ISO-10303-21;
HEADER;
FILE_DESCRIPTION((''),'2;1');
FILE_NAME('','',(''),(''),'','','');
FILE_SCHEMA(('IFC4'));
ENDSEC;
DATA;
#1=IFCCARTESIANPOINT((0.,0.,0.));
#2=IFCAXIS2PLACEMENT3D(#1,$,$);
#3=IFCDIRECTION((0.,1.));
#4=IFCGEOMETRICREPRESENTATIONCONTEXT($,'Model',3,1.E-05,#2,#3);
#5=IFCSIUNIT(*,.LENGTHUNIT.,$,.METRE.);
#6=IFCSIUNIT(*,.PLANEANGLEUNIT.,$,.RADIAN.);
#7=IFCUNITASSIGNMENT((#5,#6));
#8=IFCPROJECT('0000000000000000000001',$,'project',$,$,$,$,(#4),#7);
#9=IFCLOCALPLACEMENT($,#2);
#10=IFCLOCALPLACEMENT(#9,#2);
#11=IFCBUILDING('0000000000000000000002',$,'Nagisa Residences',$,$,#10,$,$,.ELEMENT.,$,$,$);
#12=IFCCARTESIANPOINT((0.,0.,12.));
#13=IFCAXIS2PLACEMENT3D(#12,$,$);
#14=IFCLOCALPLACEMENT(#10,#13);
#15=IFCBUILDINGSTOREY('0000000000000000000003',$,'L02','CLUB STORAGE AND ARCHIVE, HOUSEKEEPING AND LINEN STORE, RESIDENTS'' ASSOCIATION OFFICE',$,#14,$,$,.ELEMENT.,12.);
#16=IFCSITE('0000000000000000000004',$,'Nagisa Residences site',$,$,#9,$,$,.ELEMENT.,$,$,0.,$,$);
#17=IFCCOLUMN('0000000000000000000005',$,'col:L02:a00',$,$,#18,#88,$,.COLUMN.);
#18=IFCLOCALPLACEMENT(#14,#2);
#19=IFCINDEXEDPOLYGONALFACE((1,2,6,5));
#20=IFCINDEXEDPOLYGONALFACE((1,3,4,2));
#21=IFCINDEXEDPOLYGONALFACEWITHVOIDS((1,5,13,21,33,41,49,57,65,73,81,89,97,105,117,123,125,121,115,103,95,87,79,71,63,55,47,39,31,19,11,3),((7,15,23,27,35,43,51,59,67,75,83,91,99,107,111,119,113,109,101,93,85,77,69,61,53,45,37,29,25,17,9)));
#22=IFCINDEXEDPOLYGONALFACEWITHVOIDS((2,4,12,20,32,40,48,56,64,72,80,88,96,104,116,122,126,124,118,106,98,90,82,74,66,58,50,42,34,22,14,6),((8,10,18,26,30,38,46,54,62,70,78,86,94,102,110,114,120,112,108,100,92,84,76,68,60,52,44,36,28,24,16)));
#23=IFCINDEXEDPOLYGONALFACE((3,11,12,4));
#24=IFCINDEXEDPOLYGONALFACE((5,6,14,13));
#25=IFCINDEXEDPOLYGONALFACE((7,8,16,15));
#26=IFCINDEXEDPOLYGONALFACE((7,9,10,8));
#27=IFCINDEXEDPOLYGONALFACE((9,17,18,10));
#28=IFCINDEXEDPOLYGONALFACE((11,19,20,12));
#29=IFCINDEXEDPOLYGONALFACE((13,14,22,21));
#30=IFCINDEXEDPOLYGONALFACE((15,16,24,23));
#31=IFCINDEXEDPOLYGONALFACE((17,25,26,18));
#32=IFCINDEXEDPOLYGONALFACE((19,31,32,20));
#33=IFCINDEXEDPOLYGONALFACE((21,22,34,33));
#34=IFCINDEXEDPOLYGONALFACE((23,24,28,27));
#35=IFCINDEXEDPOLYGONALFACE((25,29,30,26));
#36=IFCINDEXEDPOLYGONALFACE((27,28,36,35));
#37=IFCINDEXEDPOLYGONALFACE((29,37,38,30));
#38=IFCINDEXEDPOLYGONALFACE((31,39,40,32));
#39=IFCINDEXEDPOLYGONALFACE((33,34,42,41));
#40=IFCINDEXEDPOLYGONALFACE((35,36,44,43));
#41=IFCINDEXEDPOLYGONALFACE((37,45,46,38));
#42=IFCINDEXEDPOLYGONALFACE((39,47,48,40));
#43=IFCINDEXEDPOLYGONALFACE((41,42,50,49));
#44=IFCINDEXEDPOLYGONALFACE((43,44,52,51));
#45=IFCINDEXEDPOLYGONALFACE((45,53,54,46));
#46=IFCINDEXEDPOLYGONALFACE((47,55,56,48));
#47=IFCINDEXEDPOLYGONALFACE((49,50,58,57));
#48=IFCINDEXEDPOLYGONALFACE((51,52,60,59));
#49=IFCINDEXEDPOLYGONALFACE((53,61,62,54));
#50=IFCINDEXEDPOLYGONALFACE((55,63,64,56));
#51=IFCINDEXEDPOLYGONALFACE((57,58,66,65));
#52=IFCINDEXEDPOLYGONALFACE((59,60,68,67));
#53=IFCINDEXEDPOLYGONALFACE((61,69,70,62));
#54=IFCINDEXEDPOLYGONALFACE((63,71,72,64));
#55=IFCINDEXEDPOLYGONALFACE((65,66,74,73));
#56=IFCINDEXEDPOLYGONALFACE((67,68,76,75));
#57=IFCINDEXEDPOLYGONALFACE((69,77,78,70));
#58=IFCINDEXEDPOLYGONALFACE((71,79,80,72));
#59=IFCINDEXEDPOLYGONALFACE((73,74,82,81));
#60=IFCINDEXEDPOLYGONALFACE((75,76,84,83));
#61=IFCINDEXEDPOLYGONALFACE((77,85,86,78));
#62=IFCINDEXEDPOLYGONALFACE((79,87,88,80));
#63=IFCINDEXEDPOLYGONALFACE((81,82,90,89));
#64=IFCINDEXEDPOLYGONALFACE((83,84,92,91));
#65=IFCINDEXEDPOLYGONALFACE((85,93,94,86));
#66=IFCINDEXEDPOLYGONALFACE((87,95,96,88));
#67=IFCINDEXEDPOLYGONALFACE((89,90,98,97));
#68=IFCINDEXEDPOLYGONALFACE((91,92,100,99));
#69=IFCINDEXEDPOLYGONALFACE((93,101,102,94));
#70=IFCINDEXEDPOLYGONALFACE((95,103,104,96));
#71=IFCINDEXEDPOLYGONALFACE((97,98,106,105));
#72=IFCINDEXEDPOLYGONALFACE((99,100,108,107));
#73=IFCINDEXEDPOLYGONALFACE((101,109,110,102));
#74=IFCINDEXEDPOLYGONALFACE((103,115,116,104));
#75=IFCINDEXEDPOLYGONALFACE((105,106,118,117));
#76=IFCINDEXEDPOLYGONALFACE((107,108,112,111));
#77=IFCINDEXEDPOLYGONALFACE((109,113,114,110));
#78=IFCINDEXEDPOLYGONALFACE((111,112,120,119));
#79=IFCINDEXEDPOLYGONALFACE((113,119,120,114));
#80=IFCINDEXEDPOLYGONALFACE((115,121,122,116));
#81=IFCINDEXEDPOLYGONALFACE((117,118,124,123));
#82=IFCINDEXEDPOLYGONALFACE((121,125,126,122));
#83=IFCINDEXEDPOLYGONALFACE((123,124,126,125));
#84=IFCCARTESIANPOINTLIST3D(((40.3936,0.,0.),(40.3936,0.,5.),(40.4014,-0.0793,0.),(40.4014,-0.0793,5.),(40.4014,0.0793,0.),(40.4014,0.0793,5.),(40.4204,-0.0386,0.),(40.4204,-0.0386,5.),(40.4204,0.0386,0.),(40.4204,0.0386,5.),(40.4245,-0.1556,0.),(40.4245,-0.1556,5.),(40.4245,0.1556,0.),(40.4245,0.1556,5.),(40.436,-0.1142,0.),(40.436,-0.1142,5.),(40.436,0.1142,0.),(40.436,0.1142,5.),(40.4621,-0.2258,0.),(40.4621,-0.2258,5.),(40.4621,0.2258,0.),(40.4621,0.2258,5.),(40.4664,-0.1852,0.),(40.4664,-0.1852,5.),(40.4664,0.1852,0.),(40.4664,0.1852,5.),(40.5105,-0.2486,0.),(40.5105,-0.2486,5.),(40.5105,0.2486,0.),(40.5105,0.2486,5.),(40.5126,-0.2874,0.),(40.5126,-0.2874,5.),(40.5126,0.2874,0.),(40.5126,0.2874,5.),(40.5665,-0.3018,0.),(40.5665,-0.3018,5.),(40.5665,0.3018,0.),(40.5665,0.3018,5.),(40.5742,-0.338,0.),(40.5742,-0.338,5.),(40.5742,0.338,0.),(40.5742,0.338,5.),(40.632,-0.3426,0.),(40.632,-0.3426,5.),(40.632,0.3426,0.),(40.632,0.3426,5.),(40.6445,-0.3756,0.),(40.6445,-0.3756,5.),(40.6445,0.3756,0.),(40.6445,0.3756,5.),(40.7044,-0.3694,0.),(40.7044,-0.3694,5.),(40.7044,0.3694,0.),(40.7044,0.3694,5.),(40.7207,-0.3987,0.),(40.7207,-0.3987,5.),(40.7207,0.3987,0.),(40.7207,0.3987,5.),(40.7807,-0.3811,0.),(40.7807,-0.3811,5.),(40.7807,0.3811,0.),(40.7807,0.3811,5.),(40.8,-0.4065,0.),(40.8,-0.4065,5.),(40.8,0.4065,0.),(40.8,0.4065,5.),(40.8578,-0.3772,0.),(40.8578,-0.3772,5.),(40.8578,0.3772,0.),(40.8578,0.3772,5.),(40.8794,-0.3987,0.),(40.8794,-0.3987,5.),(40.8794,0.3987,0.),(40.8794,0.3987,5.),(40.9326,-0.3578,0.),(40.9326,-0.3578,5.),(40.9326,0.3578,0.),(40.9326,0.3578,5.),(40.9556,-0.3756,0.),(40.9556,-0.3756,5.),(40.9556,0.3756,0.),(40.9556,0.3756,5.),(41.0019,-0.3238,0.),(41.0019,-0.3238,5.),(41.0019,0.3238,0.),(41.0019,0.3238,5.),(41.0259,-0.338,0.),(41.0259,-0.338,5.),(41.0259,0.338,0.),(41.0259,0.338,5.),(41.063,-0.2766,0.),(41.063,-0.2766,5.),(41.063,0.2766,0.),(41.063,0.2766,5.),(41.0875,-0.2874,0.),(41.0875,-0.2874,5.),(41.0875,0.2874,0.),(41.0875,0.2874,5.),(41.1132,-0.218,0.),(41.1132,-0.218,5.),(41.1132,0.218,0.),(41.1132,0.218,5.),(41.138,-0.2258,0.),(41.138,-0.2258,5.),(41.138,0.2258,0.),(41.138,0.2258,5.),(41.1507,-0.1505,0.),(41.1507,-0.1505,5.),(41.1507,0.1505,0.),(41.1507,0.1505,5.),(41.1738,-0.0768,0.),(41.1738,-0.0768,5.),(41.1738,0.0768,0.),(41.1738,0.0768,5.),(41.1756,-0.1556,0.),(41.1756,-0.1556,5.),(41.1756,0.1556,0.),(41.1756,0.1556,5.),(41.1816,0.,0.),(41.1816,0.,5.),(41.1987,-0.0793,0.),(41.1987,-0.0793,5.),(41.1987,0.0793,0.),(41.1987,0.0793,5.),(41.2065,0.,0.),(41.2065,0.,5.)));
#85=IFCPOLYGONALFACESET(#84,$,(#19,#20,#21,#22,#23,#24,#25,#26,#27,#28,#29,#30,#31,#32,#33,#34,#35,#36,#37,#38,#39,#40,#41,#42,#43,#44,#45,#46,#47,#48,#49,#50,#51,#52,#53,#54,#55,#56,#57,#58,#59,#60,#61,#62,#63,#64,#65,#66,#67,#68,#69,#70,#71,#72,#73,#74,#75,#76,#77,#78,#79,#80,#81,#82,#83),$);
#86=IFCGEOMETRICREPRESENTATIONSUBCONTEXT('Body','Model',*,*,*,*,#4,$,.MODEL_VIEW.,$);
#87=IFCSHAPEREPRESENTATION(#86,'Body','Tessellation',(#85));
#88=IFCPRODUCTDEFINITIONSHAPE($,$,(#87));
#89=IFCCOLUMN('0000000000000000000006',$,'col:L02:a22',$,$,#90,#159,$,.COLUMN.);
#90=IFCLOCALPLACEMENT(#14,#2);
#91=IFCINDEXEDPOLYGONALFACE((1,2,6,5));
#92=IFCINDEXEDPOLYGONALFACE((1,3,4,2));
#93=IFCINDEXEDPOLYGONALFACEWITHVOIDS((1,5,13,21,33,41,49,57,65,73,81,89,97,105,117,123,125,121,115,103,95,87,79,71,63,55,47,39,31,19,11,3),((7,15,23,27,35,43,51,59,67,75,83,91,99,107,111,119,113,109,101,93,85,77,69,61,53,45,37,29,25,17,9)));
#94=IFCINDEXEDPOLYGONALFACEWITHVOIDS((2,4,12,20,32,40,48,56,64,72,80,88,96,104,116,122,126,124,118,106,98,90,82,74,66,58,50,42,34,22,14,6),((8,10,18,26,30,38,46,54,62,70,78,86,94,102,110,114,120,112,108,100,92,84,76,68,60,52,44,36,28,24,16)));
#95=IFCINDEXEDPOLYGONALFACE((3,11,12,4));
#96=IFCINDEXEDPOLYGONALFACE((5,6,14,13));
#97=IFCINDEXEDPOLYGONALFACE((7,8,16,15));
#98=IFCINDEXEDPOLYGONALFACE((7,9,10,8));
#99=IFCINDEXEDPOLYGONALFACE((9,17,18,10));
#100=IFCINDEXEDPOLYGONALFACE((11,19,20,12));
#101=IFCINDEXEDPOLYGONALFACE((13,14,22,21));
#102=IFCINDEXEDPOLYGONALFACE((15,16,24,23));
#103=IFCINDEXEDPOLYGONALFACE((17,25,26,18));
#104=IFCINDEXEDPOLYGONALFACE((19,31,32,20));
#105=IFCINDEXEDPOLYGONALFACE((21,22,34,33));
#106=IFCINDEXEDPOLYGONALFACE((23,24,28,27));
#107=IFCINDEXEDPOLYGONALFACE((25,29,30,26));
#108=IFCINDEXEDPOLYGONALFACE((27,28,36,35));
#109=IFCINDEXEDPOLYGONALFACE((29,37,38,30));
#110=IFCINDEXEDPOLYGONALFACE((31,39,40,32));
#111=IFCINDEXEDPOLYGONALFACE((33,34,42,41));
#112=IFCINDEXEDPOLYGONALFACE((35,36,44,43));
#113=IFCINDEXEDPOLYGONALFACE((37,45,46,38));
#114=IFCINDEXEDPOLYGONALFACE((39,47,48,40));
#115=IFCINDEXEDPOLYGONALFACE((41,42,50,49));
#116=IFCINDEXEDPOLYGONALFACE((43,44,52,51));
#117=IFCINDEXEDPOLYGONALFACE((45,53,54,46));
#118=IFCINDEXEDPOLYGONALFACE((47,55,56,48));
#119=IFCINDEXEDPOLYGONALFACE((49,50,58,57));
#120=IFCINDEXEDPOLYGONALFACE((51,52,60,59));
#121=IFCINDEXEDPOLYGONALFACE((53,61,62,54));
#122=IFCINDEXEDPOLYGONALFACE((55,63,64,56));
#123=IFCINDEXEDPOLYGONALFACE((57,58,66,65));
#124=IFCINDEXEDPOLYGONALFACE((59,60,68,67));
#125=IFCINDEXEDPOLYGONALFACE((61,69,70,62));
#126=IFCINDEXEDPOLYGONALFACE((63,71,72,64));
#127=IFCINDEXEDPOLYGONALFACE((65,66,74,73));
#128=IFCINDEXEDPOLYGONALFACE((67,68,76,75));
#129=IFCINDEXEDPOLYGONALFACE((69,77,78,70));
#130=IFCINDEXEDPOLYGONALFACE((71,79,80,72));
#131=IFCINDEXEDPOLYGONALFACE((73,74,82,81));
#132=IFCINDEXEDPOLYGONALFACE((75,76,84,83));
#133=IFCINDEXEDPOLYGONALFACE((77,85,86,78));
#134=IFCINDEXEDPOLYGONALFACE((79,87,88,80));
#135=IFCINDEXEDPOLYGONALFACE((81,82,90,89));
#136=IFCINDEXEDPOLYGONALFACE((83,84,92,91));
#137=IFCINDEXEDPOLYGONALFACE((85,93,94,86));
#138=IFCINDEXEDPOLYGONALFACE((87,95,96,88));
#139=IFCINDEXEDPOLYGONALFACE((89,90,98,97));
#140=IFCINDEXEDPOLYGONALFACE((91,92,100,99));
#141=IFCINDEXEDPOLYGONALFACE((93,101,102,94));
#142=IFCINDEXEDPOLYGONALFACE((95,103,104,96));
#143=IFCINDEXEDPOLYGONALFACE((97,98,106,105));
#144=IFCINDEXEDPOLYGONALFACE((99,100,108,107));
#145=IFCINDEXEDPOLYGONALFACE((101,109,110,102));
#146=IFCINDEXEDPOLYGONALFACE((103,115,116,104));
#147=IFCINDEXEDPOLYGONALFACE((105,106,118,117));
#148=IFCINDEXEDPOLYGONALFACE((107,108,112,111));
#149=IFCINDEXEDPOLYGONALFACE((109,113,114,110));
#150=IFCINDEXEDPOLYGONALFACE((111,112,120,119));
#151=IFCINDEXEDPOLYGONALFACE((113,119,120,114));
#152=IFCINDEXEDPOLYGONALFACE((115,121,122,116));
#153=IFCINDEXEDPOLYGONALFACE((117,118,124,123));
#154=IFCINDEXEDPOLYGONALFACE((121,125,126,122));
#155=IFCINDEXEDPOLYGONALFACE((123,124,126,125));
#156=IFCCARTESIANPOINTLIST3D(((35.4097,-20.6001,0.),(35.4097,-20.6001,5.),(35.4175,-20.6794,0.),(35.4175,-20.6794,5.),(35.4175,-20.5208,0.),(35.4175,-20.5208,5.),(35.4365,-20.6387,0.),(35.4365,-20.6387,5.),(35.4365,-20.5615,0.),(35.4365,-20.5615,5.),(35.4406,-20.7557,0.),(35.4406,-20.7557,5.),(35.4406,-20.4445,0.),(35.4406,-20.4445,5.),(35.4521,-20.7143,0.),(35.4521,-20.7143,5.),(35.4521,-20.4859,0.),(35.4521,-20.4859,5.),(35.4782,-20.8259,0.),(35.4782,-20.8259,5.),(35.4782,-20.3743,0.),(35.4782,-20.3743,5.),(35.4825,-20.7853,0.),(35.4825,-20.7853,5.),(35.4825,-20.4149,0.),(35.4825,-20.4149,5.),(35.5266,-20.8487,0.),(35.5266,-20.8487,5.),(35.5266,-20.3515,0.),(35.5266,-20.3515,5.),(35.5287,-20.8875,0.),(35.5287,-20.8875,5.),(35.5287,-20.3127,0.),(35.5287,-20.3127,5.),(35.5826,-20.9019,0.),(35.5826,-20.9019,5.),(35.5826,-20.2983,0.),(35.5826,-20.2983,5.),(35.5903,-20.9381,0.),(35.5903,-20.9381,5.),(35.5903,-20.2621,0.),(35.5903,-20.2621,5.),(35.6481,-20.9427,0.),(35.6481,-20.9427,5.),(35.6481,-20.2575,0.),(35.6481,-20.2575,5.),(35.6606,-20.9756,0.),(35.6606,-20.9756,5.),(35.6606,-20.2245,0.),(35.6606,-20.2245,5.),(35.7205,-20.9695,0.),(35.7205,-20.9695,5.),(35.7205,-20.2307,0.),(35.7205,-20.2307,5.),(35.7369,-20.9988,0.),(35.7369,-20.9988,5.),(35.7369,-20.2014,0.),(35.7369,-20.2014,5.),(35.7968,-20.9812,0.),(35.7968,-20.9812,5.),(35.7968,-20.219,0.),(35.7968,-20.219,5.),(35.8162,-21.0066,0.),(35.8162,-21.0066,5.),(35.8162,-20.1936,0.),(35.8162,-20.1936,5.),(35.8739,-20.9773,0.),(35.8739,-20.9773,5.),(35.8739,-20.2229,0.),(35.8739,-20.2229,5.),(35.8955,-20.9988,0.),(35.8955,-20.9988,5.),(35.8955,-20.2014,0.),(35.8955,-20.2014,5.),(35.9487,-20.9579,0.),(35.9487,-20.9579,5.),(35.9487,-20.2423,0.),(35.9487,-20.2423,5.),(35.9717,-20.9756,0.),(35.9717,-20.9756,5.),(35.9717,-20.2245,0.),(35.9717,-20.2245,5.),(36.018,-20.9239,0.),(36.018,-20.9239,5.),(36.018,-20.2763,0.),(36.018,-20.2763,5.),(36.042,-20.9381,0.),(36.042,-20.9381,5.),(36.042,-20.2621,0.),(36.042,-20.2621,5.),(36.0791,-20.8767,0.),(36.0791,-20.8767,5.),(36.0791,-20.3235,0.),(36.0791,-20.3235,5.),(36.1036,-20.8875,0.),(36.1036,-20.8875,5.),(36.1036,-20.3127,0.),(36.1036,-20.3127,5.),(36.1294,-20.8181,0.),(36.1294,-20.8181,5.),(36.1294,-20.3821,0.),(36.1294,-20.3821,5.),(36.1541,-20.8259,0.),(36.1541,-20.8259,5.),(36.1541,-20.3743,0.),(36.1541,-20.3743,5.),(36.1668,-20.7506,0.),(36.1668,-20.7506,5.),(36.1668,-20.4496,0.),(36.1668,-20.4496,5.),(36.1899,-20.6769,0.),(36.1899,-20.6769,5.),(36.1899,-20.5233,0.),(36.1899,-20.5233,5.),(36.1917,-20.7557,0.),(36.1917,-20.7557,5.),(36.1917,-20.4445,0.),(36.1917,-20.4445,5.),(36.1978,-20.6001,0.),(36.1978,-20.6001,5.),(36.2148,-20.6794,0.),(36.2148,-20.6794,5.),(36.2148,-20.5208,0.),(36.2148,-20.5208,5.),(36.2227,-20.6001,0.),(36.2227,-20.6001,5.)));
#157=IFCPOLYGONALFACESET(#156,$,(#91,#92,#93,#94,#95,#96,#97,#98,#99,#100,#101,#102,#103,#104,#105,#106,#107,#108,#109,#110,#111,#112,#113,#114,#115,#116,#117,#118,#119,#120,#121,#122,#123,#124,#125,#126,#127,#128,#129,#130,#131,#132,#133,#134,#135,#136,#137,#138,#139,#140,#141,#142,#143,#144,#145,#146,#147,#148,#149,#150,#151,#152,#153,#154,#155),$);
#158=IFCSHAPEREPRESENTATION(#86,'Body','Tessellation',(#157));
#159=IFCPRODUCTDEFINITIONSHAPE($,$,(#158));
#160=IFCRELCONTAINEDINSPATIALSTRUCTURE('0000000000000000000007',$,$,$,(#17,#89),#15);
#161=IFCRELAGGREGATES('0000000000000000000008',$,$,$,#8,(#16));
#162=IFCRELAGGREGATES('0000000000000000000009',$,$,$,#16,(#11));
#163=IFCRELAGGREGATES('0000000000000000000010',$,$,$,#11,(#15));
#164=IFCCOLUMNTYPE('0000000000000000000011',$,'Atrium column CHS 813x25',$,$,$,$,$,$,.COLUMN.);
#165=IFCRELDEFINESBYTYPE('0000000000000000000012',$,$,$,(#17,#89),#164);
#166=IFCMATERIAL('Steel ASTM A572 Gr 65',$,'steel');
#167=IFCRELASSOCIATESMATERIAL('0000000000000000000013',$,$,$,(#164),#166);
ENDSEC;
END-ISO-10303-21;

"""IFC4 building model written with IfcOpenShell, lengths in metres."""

from ifc_helpers import new_model, si_unit, direction, frame, origin, origin_2d, place, context, subcontext, project, spatial, hollow_circle, extrude, material, material_profile, profile_set, type_object, element, save


model = new_model("IFC4")

# Units and contexts
model_context = context("Model", 3, precision=1e-05, world=origin(), true_north=direction((0.0, 1.0)))
body_context = subcontext(model_context, "Body", "Model", "MODEL_VIEW")
ifc_project = project(units=[si_unit("LENGTHUNIT", "METRE"), si_unit("PLANEANGLEUNIT", "RADIAN")], contexts=[model_context])

# Site, building, storey
site_placement = place(None, origin())
site = spatial("IfcSite", under=ifc_project, at=site_placement, Name="Nagisa Residences site", CompositionType="ELEMENT", RefElevation=0.0)
building_placement = place(site_placement, origin())
building = spatial("IfcBuilding", under=site, at=building_placement, Name="Nagisa Residences", CompositionType="ELEMENT")
storey_placement = place(building_placement, frame((0.0, 0.0, 12.0)))
storey = spatial("IfcBuildingStorey", under=building, at=storey_placement, Name="L02", Description="CLUB STORAGE AND ARCHIVE, HOUSEKEEPING AND LINEN STORE, RESIDENTS' ASSOCIATION OFFICE", CompositionType="ELEMENT", Elevation=12.0)

# Columns
ifc_material_1 = material(Name="Steel ASTM A572 Gr 65", Category="steel")
ifc_material_profile_1 = material_profile(ifc_material_1, hollow_circle(Radius=0.4065, WallThickness=0.0249, at=origin_2d()), Name="CHS 813x25")
ifc_profile_set_1 = profile_set([ifc_material_profile_1], Name="Steel ASTM A572 Gr 65")
column_type_1 = type_object("IfcColumnType", Name="Atrium column CHS 813x25", PredefinedType="COLUMN", material=ifc_profile_set_1)
for number, where, z_axis, x_axis, name in (
    (1, (40.8, 0.0, 0.0), (0.0, 0.0, 1.0), (1.0, 0.0, 0.0), "col:L02:a00"),
    (2, (35.8162, -20.6001, 0.0), (0.0, 0.0, 1.0), (1.0, 0.0, 0.0), "col:L02:a22"),
):
    element("IfcColumn", number, at=place(storey_placement, frame(where, z_axis=z_axis, x_axis=x_axis)), inside=storey, type_object=column_type_1, Name=name, PredefinedType="COLUMN", context=body_context, shape_type="SweptSolid", body=[
        extrude(hollow_circle(Radius=0.4065, WallThickness=0.0249, at=origin_2d()), origin(), (0.0, 0.0, 1.0), 5.0),
    ])

save(model, "model.ifc")
